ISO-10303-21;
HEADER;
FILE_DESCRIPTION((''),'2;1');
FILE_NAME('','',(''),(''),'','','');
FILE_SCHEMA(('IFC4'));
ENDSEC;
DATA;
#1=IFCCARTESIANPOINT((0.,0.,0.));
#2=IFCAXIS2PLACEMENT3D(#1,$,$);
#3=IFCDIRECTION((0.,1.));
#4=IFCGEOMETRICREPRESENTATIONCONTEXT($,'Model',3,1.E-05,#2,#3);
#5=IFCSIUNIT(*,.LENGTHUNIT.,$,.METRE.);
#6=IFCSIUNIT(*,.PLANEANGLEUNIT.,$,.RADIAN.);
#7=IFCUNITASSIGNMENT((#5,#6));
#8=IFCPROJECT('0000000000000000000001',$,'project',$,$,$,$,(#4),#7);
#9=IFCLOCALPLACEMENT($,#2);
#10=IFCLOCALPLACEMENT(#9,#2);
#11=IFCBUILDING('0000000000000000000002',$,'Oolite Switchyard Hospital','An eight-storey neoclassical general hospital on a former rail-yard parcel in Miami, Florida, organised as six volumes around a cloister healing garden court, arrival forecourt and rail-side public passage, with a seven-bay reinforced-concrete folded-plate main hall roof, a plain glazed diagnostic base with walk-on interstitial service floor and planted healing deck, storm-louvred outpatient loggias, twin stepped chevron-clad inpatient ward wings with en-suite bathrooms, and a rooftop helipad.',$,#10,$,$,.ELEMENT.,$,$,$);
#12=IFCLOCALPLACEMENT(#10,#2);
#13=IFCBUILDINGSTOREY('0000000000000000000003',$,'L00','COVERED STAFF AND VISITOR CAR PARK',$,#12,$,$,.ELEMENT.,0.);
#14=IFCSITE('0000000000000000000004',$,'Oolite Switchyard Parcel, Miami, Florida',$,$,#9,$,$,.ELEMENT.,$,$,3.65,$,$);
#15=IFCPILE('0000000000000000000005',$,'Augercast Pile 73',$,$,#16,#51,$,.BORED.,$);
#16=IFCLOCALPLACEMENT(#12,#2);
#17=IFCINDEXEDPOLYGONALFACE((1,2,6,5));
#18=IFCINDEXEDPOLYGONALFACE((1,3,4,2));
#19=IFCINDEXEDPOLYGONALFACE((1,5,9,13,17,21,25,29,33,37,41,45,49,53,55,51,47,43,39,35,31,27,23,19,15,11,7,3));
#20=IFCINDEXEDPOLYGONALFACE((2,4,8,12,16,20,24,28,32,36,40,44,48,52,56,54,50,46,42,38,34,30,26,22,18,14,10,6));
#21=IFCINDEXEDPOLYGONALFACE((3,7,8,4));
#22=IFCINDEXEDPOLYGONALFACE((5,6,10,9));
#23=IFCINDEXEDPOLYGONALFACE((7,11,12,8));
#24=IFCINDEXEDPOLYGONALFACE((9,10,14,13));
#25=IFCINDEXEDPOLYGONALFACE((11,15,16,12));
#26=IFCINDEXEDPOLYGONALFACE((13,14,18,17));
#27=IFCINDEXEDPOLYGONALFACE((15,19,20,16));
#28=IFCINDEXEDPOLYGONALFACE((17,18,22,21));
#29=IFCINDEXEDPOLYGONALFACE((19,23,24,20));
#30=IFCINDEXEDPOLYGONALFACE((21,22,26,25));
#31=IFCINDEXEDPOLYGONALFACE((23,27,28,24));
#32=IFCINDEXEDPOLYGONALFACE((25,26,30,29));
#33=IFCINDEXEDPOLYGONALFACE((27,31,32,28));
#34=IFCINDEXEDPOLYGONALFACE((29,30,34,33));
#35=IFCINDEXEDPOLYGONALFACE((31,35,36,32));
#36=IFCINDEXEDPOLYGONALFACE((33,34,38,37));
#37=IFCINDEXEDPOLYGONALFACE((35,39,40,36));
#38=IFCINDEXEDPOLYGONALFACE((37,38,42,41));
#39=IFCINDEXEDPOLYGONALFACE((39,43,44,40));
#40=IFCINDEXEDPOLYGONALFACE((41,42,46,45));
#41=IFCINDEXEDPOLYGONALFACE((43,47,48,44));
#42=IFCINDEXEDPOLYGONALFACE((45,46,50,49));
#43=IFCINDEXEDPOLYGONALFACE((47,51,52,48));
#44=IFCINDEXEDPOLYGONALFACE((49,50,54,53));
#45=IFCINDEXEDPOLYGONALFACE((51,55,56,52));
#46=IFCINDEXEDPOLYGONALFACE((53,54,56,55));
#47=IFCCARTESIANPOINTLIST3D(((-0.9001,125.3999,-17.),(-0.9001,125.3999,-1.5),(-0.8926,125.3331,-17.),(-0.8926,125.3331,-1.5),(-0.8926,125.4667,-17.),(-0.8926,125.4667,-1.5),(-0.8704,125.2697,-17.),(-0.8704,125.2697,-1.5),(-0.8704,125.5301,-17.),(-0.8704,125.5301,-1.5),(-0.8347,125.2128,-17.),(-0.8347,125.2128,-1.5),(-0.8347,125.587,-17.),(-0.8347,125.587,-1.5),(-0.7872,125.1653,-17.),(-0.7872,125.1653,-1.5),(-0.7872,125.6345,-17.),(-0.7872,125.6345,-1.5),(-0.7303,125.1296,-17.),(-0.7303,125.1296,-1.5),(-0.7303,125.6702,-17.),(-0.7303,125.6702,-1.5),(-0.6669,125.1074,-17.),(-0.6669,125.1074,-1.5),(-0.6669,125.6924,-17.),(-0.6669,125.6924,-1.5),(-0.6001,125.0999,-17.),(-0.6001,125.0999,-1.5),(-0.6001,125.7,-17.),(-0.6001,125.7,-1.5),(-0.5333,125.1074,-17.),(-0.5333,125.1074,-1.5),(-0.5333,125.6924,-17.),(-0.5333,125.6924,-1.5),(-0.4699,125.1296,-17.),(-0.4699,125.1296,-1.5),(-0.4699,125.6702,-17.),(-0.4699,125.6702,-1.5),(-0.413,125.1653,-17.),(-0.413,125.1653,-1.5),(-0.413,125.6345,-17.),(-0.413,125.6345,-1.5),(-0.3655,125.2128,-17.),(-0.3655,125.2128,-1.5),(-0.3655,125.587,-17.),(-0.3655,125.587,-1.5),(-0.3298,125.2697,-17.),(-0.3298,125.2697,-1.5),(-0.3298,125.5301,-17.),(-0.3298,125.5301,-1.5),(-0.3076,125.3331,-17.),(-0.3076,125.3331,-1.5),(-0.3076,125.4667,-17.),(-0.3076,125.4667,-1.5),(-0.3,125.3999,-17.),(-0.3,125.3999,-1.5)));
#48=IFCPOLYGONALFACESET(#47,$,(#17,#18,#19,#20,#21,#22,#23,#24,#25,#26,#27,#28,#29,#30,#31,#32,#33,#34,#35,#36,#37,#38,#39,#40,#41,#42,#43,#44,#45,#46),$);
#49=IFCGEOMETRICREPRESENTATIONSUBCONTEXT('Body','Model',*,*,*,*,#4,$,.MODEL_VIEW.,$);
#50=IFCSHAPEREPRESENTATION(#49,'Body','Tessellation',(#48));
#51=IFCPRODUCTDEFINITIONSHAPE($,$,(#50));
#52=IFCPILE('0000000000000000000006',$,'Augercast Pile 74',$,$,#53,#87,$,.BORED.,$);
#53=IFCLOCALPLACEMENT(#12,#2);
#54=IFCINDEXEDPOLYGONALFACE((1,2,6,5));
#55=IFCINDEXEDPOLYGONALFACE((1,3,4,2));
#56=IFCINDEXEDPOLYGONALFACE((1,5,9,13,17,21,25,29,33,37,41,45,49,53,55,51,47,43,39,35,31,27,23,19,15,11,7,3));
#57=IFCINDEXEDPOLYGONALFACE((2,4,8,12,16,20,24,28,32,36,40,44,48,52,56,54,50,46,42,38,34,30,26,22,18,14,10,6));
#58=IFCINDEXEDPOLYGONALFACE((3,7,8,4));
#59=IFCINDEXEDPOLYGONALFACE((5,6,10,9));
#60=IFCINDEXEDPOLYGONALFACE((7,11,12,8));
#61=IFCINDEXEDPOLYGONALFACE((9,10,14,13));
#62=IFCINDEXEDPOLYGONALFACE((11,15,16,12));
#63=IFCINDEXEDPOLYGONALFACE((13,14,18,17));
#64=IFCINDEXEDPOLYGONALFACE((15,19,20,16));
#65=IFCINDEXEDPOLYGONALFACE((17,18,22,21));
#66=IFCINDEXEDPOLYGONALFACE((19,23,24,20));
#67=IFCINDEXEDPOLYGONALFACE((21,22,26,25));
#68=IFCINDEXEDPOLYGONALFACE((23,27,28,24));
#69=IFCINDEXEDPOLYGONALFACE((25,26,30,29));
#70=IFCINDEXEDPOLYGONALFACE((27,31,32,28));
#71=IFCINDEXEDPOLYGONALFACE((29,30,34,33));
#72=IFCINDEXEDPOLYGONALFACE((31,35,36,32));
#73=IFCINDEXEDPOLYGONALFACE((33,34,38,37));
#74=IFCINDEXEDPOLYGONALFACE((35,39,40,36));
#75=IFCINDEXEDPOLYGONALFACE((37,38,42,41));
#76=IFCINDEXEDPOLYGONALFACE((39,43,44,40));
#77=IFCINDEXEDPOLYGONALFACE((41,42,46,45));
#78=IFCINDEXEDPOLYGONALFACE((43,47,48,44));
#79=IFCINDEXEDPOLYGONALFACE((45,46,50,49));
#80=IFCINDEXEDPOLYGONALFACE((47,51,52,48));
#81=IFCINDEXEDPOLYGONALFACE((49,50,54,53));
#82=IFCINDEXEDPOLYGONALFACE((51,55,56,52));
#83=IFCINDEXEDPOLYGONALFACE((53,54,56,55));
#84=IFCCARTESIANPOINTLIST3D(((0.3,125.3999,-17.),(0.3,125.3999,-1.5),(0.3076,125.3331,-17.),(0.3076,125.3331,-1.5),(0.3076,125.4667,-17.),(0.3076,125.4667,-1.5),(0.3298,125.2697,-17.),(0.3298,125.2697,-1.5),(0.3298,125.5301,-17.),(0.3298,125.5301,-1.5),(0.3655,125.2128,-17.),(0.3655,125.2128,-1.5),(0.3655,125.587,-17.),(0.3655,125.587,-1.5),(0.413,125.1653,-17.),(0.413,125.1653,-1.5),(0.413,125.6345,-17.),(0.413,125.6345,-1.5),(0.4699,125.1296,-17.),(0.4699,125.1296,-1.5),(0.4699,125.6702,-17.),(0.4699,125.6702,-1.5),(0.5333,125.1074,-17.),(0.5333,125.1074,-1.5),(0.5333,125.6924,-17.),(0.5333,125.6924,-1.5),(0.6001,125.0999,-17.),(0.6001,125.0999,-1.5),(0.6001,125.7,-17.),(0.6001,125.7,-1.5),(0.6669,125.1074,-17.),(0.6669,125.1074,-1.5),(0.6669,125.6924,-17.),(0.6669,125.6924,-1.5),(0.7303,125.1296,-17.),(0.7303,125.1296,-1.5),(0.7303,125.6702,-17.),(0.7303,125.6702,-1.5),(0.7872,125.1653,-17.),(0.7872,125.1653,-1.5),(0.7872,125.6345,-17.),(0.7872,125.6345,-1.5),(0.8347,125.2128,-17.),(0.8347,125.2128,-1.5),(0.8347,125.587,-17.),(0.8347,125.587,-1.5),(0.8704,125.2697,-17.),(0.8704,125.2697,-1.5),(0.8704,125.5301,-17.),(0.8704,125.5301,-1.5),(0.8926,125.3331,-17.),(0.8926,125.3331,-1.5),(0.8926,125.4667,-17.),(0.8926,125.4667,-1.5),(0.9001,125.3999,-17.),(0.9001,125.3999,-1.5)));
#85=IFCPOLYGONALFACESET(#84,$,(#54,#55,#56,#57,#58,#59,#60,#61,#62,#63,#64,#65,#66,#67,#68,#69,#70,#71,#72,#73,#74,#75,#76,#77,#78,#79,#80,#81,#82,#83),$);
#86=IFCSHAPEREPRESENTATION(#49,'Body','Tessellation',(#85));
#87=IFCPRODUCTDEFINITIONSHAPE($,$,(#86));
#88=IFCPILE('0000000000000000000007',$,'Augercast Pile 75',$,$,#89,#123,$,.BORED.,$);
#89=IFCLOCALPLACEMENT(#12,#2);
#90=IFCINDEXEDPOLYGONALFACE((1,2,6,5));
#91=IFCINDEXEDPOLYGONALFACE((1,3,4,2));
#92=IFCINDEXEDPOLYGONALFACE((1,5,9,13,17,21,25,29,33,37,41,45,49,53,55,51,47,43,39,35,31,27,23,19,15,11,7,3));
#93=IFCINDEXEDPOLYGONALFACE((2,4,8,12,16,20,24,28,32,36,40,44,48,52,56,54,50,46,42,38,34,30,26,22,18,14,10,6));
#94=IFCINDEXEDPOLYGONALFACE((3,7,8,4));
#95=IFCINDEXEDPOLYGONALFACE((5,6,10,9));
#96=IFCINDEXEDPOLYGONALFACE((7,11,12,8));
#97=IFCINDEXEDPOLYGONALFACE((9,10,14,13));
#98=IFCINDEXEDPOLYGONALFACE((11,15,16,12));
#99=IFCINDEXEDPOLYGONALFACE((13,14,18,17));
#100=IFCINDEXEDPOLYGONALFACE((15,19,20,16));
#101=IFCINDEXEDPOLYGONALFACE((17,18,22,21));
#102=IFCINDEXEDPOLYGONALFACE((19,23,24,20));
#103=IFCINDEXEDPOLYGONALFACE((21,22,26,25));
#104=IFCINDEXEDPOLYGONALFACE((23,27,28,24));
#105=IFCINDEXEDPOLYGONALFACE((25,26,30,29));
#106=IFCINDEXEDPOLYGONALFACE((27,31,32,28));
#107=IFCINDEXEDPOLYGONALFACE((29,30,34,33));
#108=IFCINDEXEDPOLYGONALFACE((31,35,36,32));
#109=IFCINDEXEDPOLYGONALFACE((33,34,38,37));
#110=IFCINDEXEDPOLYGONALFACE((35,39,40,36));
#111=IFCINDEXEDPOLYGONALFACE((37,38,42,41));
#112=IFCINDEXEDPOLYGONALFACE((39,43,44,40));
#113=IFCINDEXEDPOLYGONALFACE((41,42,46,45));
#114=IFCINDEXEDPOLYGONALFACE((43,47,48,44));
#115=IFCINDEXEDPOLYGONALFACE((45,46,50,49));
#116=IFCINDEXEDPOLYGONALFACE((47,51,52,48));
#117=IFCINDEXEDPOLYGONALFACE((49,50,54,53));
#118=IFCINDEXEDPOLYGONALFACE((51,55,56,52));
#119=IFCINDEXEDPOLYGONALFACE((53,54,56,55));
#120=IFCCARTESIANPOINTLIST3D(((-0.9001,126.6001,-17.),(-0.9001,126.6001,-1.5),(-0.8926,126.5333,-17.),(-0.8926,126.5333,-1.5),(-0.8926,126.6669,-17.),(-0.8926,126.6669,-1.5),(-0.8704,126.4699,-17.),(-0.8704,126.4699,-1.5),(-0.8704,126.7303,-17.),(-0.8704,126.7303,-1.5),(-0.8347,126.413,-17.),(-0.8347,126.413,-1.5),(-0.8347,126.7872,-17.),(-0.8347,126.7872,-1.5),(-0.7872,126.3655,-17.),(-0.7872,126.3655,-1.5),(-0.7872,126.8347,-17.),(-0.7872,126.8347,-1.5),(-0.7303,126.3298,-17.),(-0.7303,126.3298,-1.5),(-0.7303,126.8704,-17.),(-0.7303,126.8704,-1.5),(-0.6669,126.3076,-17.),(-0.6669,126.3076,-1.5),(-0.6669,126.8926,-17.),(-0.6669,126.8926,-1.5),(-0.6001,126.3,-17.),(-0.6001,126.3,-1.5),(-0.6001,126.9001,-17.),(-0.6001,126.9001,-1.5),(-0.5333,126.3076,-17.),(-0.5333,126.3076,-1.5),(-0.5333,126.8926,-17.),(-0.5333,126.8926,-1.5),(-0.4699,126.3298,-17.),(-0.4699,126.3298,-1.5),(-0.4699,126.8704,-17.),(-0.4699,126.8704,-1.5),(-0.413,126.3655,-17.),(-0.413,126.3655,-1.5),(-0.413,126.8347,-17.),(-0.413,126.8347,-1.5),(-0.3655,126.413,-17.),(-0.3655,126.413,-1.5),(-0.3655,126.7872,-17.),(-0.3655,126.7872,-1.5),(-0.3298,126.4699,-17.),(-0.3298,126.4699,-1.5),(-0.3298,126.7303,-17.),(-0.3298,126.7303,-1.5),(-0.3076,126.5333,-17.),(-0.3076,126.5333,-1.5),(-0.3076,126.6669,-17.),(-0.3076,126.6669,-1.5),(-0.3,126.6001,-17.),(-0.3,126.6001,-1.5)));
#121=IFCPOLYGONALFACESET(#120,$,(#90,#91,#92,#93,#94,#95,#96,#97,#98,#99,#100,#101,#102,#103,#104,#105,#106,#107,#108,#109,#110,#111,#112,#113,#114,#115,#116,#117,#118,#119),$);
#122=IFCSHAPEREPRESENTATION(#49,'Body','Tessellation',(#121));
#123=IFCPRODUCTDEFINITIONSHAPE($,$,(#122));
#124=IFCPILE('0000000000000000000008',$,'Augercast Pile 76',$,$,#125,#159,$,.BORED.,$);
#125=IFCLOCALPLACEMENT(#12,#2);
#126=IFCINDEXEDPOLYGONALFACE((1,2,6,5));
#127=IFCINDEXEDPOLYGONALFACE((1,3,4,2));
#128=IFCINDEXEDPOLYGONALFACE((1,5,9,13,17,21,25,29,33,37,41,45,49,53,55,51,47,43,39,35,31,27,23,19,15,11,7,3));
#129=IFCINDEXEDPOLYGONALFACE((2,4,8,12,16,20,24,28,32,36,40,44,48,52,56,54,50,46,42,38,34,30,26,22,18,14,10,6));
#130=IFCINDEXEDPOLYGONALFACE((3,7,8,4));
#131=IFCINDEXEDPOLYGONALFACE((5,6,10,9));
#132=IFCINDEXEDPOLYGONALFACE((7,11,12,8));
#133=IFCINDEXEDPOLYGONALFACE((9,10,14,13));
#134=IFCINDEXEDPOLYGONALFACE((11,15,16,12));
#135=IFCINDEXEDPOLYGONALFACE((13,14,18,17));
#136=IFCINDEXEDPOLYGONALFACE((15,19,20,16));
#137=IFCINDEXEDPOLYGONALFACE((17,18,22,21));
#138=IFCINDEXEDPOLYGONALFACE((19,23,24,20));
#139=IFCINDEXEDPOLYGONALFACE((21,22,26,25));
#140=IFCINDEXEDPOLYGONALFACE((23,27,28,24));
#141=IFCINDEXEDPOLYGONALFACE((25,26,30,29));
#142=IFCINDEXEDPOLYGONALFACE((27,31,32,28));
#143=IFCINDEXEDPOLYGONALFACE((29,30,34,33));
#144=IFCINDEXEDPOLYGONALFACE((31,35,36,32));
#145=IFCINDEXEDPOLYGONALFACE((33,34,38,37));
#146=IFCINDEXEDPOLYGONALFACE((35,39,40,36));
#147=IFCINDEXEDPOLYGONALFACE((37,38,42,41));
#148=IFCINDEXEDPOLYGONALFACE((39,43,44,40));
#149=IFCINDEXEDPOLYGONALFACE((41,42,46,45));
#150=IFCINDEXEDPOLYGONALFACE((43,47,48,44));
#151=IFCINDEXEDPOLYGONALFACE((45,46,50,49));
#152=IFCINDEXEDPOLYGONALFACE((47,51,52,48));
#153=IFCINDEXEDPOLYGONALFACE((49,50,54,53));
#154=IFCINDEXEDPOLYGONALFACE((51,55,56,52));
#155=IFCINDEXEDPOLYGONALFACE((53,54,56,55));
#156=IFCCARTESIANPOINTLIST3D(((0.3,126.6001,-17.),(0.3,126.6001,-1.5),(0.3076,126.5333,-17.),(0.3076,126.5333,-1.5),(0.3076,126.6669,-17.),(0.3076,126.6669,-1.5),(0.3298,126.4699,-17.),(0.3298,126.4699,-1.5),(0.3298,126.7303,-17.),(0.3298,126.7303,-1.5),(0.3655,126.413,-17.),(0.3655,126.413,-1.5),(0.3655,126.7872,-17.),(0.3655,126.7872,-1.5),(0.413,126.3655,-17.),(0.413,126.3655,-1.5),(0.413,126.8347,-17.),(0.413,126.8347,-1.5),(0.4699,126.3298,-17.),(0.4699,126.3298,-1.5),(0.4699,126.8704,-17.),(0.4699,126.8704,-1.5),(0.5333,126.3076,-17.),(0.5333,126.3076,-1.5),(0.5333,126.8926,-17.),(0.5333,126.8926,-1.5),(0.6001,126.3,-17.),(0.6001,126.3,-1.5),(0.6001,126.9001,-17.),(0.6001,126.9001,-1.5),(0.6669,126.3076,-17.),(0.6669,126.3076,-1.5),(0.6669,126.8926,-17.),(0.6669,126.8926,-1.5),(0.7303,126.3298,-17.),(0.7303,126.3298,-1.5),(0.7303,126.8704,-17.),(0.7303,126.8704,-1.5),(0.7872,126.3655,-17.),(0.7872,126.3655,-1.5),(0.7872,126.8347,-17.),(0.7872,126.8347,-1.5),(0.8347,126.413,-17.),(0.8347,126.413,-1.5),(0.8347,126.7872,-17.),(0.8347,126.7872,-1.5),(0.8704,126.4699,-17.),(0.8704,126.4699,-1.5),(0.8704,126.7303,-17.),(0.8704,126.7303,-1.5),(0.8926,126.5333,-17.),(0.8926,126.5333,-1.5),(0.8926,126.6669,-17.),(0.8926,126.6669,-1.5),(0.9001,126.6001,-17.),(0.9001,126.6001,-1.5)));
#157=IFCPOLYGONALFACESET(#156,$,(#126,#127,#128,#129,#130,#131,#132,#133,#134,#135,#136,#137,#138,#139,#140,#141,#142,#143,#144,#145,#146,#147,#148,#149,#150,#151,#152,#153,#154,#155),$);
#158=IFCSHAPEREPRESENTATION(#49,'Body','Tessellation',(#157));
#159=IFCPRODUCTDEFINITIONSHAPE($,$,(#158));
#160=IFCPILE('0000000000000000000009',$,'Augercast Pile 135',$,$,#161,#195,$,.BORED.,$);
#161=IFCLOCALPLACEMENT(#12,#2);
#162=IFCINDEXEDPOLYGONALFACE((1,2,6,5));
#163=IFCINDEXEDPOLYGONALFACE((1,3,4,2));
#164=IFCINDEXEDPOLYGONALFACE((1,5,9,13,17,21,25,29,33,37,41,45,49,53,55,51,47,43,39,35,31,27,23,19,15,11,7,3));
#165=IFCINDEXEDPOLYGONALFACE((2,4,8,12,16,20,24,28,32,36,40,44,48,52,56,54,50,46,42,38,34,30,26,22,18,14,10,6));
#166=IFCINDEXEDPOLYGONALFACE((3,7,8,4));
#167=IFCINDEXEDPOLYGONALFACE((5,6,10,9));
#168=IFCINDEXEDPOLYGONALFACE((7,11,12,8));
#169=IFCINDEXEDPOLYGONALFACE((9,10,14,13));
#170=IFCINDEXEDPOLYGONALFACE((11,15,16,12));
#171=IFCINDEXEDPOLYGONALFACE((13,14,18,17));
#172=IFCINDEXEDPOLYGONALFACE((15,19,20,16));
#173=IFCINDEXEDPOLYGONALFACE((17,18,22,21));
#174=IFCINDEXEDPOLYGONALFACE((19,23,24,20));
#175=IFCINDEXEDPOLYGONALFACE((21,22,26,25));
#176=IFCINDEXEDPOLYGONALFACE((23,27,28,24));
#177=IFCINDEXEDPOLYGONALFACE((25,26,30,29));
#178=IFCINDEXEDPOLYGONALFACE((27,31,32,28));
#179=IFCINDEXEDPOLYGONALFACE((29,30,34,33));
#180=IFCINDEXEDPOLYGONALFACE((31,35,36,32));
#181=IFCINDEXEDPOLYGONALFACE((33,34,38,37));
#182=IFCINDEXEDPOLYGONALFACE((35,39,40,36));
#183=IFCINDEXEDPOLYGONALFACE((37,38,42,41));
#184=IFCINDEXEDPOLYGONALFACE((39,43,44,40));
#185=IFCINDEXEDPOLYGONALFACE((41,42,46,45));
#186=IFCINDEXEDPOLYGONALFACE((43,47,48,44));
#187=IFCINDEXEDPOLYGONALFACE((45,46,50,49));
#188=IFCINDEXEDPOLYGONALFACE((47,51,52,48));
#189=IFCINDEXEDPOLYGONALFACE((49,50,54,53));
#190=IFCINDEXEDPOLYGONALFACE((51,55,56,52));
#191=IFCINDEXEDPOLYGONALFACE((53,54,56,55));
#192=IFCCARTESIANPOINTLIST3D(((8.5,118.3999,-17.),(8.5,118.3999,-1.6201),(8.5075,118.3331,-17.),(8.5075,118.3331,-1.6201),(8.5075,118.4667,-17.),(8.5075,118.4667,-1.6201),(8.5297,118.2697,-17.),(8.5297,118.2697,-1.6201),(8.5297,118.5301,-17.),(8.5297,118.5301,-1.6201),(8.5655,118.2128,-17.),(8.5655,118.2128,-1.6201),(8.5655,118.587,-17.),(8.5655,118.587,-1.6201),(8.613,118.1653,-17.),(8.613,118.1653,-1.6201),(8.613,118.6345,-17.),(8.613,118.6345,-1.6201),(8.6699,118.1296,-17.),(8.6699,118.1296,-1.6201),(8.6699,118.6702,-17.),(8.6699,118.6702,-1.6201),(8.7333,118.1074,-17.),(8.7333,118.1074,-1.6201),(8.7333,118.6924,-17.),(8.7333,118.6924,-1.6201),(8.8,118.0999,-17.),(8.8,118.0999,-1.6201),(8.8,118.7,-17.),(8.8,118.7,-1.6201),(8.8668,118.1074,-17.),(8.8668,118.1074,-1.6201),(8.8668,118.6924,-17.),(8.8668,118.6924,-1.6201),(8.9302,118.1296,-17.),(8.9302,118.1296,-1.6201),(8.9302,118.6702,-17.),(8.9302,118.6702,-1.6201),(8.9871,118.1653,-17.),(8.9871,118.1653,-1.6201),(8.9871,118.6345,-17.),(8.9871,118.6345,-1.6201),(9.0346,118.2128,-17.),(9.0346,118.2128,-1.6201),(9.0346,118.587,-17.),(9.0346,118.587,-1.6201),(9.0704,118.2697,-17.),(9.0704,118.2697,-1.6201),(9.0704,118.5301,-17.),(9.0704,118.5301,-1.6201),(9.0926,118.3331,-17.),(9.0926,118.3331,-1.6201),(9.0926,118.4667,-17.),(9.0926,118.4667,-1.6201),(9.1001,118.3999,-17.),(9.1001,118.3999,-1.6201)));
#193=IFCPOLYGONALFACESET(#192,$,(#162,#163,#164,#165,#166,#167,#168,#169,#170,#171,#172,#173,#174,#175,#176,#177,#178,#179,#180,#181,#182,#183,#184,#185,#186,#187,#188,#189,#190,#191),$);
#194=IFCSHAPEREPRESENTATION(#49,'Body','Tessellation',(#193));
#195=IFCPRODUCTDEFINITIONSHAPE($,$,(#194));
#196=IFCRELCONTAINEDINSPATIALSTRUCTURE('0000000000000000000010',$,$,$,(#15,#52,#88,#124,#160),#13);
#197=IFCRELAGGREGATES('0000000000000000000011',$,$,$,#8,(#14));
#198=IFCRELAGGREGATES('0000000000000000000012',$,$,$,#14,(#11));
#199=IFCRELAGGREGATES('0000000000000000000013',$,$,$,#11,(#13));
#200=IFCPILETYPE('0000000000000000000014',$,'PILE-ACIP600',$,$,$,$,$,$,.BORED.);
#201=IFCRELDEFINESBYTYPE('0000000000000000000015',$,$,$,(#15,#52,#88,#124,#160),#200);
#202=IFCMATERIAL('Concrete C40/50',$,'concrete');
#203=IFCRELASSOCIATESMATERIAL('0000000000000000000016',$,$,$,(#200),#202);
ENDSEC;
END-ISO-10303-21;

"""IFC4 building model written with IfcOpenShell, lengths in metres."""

from ifc_helpers import new_model, si_unit, direction, frame, origin, origin_2d, place, context, subcontext, project, spatial, circle, extrude, material, material_profile, profile_set, type_object, element, save


model = new_model("IFC4")

# Units and contexts
model_context = context("Model", 3, precision=1e-05, world=origin(), true_north=direction((0.0, 1.0)))
body_context = subcontext(model_context, "Body", "Model", "MODEL_VIEW")
ifc_project = project(units=[si_unit("LENGTHUNIT", "METRE"), si_unit("PLANEANGLEUNIT", "RADIAN")], contexts=[model_context])

# Site, building, storey
site_placement = place(None, origin())
site = spatial("IfcSite", under=ifc_project, at=site_placement, Name="Oolite Switchyard Parcel, Miami, Florida", CompositionType="ELEMENT", RefElevation=3.65)
building_placement = place(site_placement, origin())
building = spatial("IfcBuilding", under=site, at=building_placement, Name="Oolite Switchyard Hospital", Description="An eight-storey neoclassical general hospital on a former rail-yard parcel in Miami, Florida, organised as six volumes around a cloister healing garden court, arrival forecourt and rail-side public passage, with a seven-bay reinforced-concrete folded-plate main hall roof, a plain glazed diagnostic base with walk-on interstitial service floor and planted healing deck, storm-louvred outpatient loggias, twin stepped chevron-clad inpatient ward wings with en-suite bathrooms, and a rooftop helipad.", CompositionType="ELEMENT")
storey_placement = place(building_placement, origin())
storey = spatial("IfcBuildingStorey", under=building, at=storey_placement, Name="L00", Description="COVERED STAFF AND VISITOR CAR PARK", CompositionType="ELEMENT", Elevation=0.0)

# Shared definitions
ifc_material_1 = material(Name="Concrete C40/50", Category="concrete")

# Piles
ifc_material_profile_1 = material_profile(ifc_material_1, circle(Radius=0.3, at=origin_2d()), Name="PILE600")
ifc_profile_set_1 = profile_set([ifc_material_profile_1], Name="Concrete C40/50")
pile_type = type_object("IfcPileType", Name="PILE-ACIP600", PredefinedType="BORED", material=ifc_profile_set_1)
for number, where, z_axis, x_axis, name in (
    (1, (-0.6001, 125.3999, -1.5), (0.0, 0.0, -1.0), (1.0, 0.0, 0.0), "Augercast Pile 73"),
    (2, (0.6001, 125.3999, -1.5), (0.0, 0.0, -1.0), (1.0, 0.0, 0.0), "Augercast Pile 74"),
    (3, (-0.6001, 126.6001, -1.5), (0.0, 0.0, -1.0), (1.0, 0.0, 0.0), "Augercast Pile 75"),
    (4, (0.6001, 126.6001, -1.5), (0.0, 0.0, -1.0), (1.0, 0.0, 0.0), "Augercast Pile 76"),
):
    element("IfcPile", number, at=place(storey_placement, frame(where, z_axis=z_axis, x_axis=x_axis)), inside=storey, type_object=pile_type, Name=name, PredefinedType="BORED", context=body_context, shape_type="SweptSolid", body=[
        extrude(circle(Radius=0.3, at=origin_2d()), origin(), (0.0, 0.0, 1.0), 15.5),
    ])
pile_1_placement = place(storey_placement, frame((8.8, 118.3999, -1.6201), z_axis=(0.0, 0.0, -1.0), x_axis=(1.0, 0.0, 0.0)))
element("IfcPile", 5, at=pile_1_placement, inside=storey, type_object=pile_type, Name="Augercast Pile 135", PredefinedType="BORED", context=body_context, shape_type="SweptSolid", body=[
    extrude(circle(Radius=0.3, at=origin_2d()), origin(), (0.0, 0.0, 1.0), 15.3799),
])

save(model, "model.ifc")
